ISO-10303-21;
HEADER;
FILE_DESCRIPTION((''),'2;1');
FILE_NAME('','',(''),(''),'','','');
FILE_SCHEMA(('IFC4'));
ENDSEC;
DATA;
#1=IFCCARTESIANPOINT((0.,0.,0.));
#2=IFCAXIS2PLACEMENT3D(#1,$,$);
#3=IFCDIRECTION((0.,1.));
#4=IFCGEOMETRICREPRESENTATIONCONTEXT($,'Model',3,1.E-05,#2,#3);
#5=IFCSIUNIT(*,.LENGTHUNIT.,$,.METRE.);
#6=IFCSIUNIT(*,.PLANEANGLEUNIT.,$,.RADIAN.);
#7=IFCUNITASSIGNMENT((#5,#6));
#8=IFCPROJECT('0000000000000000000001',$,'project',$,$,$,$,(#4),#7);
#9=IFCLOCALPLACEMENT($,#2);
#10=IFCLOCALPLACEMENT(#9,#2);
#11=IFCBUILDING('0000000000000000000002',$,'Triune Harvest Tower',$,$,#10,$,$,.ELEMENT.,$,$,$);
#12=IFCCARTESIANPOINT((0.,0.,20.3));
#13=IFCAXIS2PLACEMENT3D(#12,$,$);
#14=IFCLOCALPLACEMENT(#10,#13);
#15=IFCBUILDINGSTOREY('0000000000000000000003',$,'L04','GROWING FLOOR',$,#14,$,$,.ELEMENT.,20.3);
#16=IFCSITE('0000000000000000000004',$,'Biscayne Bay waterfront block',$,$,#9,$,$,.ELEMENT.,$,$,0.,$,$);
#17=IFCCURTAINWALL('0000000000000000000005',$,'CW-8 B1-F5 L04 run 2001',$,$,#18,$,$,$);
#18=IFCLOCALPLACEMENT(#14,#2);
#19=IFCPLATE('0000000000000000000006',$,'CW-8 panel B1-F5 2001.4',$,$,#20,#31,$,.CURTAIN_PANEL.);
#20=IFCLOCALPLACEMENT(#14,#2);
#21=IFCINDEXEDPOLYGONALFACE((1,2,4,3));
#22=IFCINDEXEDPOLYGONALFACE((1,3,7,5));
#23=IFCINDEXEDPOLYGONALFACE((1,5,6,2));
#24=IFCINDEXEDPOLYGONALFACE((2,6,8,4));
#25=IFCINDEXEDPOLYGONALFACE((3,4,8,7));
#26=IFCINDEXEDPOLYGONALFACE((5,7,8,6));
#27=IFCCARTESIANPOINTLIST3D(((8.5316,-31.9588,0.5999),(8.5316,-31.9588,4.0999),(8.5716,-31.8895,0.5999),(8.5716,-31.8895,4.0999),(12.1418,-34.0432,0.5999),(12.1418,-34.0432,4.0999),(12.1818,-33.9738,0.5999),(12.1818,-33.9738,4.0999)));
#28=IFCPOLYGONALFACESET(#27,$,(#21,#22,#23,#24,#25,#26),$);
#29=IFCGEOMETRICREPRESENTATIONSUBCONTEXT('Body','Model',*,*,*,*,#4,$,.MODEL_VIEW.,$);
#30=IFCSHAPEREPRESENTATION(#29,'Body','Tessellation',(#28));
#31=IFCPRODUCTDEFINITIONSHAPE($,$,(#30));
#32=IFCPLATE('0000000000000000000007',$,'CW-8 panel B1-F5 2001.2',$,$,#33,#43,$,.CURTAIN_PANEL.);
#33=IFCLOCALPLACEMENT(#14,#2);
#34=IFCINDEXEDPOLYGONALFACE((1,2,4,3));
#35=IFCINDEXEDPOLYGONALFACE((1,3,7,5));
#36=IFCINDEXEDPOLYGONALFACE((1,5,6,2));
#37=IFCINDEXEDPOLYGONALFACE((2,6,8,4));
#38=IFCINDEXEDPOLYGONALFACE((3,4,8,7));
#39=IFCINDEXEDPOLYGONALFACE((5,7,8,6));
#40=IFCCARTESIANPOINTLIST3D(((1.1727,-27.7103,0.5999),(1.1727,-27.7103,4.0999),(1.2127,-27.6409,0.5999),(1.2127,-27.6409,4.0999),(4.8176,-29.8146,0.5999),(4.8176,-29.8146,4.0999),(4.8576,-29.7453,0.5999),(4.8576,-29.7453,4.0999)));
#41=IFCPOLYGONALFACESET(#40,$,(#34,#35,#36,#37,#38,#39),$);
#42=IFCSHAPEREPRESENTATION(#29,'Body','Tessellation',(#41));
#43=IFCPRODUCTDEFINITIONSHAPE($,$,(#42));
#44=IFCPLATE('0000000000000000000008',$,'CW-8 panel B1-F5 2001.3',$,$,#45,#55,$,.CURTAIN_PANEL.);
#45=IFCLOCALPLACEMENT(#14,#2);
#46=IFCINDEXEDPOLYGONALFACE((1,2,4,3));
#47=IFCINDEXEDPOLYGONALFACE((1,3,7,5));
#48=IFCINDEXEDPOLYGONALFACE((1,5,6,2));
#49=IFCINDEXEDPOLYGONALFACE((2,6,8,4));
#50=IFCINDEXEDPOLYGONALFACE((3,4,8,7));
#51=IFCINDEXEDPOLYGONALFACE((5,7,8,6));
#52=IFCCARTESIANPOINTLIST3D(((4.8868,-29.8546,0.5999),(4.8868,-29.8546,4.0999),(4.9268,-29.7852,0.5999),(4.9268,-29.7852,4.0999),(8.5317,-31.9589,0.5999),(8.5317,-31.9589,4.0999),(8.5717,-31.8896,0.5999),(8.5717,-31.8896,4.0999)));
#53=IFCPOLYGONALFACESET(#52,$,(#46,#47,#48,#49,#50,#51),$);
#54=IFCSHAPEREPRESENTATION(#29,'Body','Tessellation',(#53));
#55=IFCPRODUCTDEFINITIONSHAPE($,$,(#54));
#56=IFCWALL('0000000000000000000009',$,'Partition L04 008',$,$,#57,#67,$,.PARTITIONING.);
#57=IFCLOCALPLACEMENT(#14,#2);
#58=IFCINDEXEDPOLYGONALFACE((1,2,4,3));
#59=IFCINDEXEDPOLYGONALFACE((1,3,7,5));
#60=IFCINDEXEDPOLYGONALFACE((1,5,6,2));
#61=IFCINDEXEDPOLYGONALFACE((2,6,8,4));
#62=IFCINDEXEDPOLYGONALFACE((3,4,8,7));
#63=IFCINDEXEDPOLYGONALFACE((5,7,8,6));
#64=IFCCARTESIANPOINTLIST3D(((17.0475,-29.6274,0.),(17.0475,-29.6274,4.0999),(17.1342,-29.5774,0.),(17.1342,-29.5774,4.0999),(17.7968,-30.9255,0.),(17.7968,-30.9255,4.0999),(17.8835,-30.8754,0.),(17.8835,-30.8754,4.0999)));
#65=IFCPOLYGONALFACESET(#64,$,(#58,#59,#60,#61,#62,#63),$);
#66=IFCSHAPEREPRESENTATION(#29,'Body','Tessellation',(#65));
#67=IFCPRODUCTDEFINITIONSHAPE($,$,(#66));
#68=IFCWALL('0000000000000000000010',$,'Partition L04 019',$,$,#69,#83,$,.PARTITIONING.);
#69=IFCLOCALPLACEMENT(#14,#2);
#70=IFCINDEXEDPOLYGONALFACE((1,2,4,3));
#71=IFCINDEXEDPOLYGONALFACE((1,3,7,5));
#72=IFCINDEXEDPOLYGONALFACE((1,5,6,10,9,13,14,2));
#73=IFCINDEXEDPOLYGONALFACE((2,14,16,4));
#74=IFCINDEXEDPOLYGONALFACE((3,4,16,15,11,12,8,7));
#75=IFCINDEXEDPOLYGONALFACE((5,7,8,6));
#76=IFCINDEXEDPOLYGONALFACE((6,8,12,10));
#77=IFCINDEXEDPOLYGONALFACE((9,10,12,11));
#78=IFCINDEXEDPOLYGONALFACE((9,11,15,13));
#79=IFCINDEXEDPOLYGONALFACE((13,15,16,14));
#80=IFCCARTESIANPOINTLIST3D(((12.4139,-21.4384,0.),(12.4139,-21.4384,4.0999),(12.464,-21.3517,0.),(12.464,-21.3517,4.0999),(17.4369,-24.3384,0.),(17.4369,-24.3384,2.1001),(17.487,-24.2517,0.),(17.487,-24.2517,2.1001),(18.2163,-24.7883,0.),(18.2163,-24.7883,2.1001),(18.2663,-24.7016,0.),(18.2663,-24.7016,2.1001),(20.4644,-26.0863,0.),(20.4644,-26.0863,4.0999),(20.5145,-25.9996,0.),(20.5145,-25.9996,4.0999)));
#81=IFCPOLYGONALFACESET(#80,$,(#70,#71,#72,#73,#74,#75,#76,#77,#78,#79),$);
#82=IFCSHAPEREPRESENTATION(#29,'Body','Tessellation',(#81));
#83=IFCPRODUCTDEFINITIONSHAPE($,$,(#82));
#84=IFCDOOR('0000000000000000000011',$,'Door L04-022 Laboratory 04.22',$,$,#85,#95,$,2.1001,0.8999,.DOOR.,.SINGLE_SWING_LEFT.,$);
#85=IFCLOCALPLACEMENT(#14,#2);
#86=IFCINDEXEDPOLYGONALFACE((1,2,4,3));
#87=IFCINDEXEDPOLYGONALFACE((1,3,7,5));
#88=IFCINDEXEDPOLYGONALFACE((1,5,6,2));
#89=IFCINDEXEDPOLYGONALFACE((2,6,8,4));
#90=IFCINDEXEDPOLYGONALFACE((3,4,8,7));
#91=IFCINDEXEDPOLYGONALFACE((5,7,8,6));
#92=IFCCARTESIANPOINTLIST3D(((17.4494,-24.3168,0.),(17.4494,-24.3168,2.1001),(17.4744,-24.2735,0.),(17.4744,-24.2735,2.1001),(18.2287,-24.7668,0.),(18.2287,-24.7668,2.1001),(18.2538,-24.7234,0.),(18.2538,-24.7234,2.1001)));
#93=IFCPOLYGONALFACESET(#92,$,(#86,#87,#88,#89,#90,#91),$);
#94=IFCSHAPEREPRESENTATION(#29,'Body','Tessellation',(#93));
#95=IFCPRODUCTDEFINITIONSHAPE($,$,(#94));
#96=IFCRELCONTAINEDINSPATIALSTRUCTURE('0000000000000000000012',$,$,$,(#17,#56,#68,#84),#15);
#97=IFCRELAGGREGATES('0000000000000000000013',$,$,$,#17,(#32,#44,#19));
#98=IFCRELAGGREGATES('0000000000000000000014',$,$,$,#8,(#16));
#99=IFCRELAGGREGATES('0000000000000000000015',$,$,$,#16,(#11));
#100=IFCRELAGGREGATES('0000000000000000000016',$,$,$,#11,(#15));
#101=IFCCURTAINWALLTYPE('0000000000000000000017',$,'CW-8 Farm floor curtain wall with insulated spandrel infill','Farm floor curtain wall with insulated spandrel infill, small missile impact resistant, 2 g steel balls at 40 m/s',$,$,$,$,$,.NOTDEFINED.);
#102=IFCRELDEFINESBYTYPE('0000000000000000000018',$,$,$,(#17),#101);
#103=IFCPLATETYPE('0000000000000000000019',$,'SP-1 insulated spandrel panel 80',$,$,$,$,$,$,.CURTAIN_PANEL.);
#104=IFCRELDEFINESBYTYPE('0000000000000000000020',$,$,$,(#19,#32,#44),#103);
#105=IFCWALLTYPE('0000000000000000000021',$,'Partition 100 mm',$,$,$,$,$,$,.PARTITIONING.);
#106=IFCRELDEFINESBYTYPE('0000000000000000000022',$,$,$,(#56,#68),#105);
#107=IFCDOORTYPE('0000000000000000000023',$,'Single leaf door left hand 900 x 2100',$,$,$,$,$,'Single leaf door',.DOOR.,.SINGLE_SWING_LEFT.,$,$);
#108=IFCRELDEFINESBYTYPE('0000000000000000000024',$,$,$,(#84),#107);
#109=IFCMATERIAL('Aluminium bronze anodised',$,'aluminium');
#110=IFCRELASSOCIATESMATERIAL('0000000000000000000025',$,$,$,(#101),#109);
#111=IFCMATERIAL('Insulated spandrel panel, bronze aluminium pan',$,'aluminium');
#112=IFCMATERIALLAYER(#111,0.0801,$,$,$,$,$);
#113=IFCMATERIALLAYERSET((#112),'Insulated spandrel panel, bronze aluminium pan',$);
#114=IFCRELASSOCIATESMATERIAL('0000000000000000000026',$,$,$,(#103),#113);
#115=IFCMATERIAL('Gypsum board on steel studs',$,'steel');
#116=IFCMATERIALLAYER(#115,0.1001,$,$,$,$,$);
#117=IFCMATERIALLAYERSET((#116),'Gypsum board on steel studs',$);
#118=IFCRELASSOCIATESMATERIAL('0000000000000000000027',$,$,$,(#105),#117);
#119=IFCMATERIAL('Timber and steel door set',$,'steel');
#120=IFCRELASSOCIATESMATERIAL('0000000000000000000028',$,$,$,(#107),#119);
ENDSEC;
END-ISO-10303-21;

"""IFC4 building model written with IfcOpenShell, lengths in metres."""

from ifc_helpers import new_model, si_unit, direction, frame, frame_2d, origin, origin_2d, place, context, subcontext, project, spatial, rectangle, extrude, source, transform, mapped, material, layer, layer_set, type_object, element, fill, aggregate, save


model = new_model("IFC4")

# Units and contexts
model_context = context("Model", 3, precision=1e-05, world=origin(), true_north=direction((0.0, 1.0)))
body_context = subcontext(model_context, "Body", "Model", "MODEL_VIEW")
ifc_project = project(units=[si_unit("LENGTHUNIT", "METRE"), si_unit("PLANEANGLEUNIT", "RADIAN")], contexts=[model_context])

# Site, building, storey
site_placement = place(None, origin())
site = spatial("IfcSite", under=ifc_project, at=site_placement, Name="Biscayne Bay waterfront block", CompositionType="ELEMENT", RefElevation=0.0)
building_placement = place(site_placement, origin())
building = spatial("IfcBuilding", under=site, at=building_placement, Name="Triune Harvest Tower", CompositionType="ELEMENT")
storey_placement = place(building_placement, frame((0.0, 0.0, 20.3)))
storey = spatial("IfcBuildingStorey", under=building, at=storey_placement, Name="L04", Description="GROWING FLOOR", CompositionType="ELEMENT", Elevation=20.3)

# Curtain wall
ifc_material_1 = material(Name="Aluminium bronze anodised", Category="aluminium")
curtain_wall_type_1 = type_object("IfcCurtainWallType", Name="CW-8 Farm floor curtain wall with insulated spandrel infill", Description="Farm floor curtain wall with insulated spandrel infill, small missile impact resistant, 2 g steel balls at 40 m/s", PredefinedType="NOTDEFINED", material=ifc_material_1)
curtain_wall_1_placement = place(storey_placement, origin())
curtain_wall_1 = element("IfcCurtainWall", 1, at=curtain_wall_1_placement, inside=storey, type_object=curtain_wall_type_1, Name="CW-8 B1-F5 L04 run 2001")

# Plates
ifc_material_2 = material(Name="Insulated spandrel panel, bronze aluminium pan", Category="aluminium")
ifc_layer_1 = layer(ifc_material_2, 0.0801)
ifc_layer_set_1 = layer_set([ifc_layer_1], Name="Insulated spandrel panel, bronze aluminium pan")
plate_type_1 = type_object("IfcPlateType", Name="SP-1 insulated spandrel panel 80", PredefinedType="CURTAIN_PANEL", material=ifc_layer_set_1)
shared_shape_1 = source(origin(), body_context, "Body", "SweptSolid", [
    extrude(rectangle(XDim=4.1687, YDim=0.0801, at=origin_2d()), origin(), (0.0, 0.0, 1.0), 3.5),
])
plate_1_placement = place(storey_placement, frame((10.3567, -32.9663, 0.5999), z_axis=(0.0, 0.0, 1.0), x_axis=(0.866025, -0.500001, 0.0)))
plate_1 = element("IfcPlate", 2, at=plate_1_placement, type_object=plate_type_1, Name="CW-8 panel B1-F5 2001.4", PredefinedType="CURTAIN_PANEL", context=body_context, shape_type="MappedRepresentation", body=[
    mapped(shared_shape_1, transform((0.0, 0.0, 0.0), scale=1.0)),
])
shared_shape_2 = source(origin(), body_context, "Body", "SweptSolid", [
    extrude(rectangle(XDim=4.2087, YDim=0.0801, at=origin_2d()), origin(), (0.0, 0.0, 1.0), 3.5),
])
plate_2_placement = place(storey_placement, frame((3.0151, -28.7278, 0.5999), z_axis=(0.0, 0.0, 1.0), x_axis=(0.866025, -0.500001, 0.0)))
plate_2 = element("IfcPlate", 3, at=plate_2_placement, type_object=plate_type_1, Name="CW-8 panel B1-F5 2001.2", PredefinedType="CURTAIN_PANEL", context=body_context, shape_type="MappedRepresentation", body=[
    mapped(shared_shape_2, transform((0.0, 0.0, 0.0), scale=1.0)),
])
plate_3_placement = place(storey_placement, frame((6.7292, -30.8721, 0.5999), z_axis=(0.0, 0.0, 1.0), x_axis=(0.866025, -0.500001, 0.0)))
plate_3 = element("IfcPlate", 4, at=plate_3_placement, type_object=plate_type_1, Name="CW-8 panel B1-F5 2001.3", PredefinedType="CURTAIN_PANEL", context=body_context, shape_type="MappedRepresentation", body=[
    mapped(shared_shape_2, transform((0.0, 0.0, 0.0), scale=1.0)),
])
aggregate(curtain_wall_1, [plate_2, plate_3, plate_1])

# Wall
ifc_material_3 = material(Name="Gypsum board on steel studs", Category="steel")
ifc_layer_2 = layer(ifc_material_3, 0.1001)
ifc_layer_set_2 = layer_set([ifc_layer_2], Name="Gypsum board on steel studs")
wall_type = type_object("IfcWallType", Name="Partition 100 mm", PredefinedType="PARTITIONING", material=ifc_layer_set_2)
shared_shape_3 = source(origin(), body_context, "Body", "SweptSolid", [
    extrude(rectangle(XDim=1.4988, YDim=0.1001, at=frame_2d((0.7495, 0.0))), origin(), (0.0, 0.0, 1.0), 4.0999),
])
wall_1_placement = place(storey_placement, frame((17.0908, -29.6023, 0.0), z_axis=(0.0, 0.0, 1.0), x_axis=(0.499906, -0.86608, 0.0)))
element("IfcWall", 5, at=wall_1_placement, inside=storey, type_object=wall_type, Name="Partition L04 008", PredefinedType="PARTITIONING", context=body_context, shape_type="MappedRepresentation", body=[
    mapped(shared_shape_3, transform((0.0, 0.0, 0.0), scale=1.0)),
])

# Wall, opening, door
shared_shape_4 = source(origin(), body_context, "Body", "SweptSolid", [
    extrude(rectangle(XDim=9.2959, YDim=0.1001, at=frame_2d((4.6479, 0.0))), origin(), (0.0, 0.0, 1.0), 4.0999),
])
wall_2_placement = place(storey_placement, frame((12.439, -21.395, 0.0), z_axis=(0.0, 0.0, 1.0), x_axis=(0.866027, -0.499998, 0.0)))
wall_2 = element("IfcWall", 6, at=wall_2_placement, inside=storey, type_object=wall_type, Name="Partition L04 019", PredefinedType="PARTITIONING", context=body_context, shape_type="MappedRepresentation", body=[
    mapped(shared_shape_4, transform((0.0, 0.0, 0.0), scale=1.0)),
])
opening_placement = place(wall_2_placement, frame((5.8, 0.0, 0.0)))
opening = element("IfcOpeningElement", 7, at=opening_placement, cuts=wall_2, PredefinedType="OPENING", context=body_context, shape_type="SweptSolid", body=[
    extrude(rectangle(XDim=0.8999, YDim=2.1001, at=frame_2d((0.45, 1.05))), frame((0.0, 0.0601, 0.0), z_axis=(0.0, -1.0, 0.0), x_axis=(1.0, 0.0, 0.0)), (0.0, 0.0, 1.0), 0.1201),
])
ifc_material_4 = material(Name="Timber and steel door set", Category="steel")
door_type = type_object("IfcDoorType", Name="Single leaf door left hand 900 x 2100", ElementType="Single leaf door", OperationType="SINGLE_SWING_LEFT", PredefinedType="DOOR", material=ifc_material_4)
door_placement = place(opening_placement, origin())
door = element("IfcDoor", 8, at=door_placement, inside=storey, type_object=door_type, Name="Door L04-022 Laboratory 04.22", OperationType="SINGLE_SWING_LEFT", OverallHeight=2.1001, OverallWidth=0.8999, PredefinedType="DOOR", context=body_context, shape_type="SweptSolid", body=[
    extrude(rectangle(XDim=0.8999, YDim=2.1001, at=frame_2d((0.45, 1.05))), frame((0.0, 0.0249, 0.0), z_axis=(0.0, -1.0, 0.0), x_axis=(1.0, 0.0, 0.0)), (0.0, 0.0, 1.0), 0.05),
])
fill(opening, door)

save(model, "model.ifc")
